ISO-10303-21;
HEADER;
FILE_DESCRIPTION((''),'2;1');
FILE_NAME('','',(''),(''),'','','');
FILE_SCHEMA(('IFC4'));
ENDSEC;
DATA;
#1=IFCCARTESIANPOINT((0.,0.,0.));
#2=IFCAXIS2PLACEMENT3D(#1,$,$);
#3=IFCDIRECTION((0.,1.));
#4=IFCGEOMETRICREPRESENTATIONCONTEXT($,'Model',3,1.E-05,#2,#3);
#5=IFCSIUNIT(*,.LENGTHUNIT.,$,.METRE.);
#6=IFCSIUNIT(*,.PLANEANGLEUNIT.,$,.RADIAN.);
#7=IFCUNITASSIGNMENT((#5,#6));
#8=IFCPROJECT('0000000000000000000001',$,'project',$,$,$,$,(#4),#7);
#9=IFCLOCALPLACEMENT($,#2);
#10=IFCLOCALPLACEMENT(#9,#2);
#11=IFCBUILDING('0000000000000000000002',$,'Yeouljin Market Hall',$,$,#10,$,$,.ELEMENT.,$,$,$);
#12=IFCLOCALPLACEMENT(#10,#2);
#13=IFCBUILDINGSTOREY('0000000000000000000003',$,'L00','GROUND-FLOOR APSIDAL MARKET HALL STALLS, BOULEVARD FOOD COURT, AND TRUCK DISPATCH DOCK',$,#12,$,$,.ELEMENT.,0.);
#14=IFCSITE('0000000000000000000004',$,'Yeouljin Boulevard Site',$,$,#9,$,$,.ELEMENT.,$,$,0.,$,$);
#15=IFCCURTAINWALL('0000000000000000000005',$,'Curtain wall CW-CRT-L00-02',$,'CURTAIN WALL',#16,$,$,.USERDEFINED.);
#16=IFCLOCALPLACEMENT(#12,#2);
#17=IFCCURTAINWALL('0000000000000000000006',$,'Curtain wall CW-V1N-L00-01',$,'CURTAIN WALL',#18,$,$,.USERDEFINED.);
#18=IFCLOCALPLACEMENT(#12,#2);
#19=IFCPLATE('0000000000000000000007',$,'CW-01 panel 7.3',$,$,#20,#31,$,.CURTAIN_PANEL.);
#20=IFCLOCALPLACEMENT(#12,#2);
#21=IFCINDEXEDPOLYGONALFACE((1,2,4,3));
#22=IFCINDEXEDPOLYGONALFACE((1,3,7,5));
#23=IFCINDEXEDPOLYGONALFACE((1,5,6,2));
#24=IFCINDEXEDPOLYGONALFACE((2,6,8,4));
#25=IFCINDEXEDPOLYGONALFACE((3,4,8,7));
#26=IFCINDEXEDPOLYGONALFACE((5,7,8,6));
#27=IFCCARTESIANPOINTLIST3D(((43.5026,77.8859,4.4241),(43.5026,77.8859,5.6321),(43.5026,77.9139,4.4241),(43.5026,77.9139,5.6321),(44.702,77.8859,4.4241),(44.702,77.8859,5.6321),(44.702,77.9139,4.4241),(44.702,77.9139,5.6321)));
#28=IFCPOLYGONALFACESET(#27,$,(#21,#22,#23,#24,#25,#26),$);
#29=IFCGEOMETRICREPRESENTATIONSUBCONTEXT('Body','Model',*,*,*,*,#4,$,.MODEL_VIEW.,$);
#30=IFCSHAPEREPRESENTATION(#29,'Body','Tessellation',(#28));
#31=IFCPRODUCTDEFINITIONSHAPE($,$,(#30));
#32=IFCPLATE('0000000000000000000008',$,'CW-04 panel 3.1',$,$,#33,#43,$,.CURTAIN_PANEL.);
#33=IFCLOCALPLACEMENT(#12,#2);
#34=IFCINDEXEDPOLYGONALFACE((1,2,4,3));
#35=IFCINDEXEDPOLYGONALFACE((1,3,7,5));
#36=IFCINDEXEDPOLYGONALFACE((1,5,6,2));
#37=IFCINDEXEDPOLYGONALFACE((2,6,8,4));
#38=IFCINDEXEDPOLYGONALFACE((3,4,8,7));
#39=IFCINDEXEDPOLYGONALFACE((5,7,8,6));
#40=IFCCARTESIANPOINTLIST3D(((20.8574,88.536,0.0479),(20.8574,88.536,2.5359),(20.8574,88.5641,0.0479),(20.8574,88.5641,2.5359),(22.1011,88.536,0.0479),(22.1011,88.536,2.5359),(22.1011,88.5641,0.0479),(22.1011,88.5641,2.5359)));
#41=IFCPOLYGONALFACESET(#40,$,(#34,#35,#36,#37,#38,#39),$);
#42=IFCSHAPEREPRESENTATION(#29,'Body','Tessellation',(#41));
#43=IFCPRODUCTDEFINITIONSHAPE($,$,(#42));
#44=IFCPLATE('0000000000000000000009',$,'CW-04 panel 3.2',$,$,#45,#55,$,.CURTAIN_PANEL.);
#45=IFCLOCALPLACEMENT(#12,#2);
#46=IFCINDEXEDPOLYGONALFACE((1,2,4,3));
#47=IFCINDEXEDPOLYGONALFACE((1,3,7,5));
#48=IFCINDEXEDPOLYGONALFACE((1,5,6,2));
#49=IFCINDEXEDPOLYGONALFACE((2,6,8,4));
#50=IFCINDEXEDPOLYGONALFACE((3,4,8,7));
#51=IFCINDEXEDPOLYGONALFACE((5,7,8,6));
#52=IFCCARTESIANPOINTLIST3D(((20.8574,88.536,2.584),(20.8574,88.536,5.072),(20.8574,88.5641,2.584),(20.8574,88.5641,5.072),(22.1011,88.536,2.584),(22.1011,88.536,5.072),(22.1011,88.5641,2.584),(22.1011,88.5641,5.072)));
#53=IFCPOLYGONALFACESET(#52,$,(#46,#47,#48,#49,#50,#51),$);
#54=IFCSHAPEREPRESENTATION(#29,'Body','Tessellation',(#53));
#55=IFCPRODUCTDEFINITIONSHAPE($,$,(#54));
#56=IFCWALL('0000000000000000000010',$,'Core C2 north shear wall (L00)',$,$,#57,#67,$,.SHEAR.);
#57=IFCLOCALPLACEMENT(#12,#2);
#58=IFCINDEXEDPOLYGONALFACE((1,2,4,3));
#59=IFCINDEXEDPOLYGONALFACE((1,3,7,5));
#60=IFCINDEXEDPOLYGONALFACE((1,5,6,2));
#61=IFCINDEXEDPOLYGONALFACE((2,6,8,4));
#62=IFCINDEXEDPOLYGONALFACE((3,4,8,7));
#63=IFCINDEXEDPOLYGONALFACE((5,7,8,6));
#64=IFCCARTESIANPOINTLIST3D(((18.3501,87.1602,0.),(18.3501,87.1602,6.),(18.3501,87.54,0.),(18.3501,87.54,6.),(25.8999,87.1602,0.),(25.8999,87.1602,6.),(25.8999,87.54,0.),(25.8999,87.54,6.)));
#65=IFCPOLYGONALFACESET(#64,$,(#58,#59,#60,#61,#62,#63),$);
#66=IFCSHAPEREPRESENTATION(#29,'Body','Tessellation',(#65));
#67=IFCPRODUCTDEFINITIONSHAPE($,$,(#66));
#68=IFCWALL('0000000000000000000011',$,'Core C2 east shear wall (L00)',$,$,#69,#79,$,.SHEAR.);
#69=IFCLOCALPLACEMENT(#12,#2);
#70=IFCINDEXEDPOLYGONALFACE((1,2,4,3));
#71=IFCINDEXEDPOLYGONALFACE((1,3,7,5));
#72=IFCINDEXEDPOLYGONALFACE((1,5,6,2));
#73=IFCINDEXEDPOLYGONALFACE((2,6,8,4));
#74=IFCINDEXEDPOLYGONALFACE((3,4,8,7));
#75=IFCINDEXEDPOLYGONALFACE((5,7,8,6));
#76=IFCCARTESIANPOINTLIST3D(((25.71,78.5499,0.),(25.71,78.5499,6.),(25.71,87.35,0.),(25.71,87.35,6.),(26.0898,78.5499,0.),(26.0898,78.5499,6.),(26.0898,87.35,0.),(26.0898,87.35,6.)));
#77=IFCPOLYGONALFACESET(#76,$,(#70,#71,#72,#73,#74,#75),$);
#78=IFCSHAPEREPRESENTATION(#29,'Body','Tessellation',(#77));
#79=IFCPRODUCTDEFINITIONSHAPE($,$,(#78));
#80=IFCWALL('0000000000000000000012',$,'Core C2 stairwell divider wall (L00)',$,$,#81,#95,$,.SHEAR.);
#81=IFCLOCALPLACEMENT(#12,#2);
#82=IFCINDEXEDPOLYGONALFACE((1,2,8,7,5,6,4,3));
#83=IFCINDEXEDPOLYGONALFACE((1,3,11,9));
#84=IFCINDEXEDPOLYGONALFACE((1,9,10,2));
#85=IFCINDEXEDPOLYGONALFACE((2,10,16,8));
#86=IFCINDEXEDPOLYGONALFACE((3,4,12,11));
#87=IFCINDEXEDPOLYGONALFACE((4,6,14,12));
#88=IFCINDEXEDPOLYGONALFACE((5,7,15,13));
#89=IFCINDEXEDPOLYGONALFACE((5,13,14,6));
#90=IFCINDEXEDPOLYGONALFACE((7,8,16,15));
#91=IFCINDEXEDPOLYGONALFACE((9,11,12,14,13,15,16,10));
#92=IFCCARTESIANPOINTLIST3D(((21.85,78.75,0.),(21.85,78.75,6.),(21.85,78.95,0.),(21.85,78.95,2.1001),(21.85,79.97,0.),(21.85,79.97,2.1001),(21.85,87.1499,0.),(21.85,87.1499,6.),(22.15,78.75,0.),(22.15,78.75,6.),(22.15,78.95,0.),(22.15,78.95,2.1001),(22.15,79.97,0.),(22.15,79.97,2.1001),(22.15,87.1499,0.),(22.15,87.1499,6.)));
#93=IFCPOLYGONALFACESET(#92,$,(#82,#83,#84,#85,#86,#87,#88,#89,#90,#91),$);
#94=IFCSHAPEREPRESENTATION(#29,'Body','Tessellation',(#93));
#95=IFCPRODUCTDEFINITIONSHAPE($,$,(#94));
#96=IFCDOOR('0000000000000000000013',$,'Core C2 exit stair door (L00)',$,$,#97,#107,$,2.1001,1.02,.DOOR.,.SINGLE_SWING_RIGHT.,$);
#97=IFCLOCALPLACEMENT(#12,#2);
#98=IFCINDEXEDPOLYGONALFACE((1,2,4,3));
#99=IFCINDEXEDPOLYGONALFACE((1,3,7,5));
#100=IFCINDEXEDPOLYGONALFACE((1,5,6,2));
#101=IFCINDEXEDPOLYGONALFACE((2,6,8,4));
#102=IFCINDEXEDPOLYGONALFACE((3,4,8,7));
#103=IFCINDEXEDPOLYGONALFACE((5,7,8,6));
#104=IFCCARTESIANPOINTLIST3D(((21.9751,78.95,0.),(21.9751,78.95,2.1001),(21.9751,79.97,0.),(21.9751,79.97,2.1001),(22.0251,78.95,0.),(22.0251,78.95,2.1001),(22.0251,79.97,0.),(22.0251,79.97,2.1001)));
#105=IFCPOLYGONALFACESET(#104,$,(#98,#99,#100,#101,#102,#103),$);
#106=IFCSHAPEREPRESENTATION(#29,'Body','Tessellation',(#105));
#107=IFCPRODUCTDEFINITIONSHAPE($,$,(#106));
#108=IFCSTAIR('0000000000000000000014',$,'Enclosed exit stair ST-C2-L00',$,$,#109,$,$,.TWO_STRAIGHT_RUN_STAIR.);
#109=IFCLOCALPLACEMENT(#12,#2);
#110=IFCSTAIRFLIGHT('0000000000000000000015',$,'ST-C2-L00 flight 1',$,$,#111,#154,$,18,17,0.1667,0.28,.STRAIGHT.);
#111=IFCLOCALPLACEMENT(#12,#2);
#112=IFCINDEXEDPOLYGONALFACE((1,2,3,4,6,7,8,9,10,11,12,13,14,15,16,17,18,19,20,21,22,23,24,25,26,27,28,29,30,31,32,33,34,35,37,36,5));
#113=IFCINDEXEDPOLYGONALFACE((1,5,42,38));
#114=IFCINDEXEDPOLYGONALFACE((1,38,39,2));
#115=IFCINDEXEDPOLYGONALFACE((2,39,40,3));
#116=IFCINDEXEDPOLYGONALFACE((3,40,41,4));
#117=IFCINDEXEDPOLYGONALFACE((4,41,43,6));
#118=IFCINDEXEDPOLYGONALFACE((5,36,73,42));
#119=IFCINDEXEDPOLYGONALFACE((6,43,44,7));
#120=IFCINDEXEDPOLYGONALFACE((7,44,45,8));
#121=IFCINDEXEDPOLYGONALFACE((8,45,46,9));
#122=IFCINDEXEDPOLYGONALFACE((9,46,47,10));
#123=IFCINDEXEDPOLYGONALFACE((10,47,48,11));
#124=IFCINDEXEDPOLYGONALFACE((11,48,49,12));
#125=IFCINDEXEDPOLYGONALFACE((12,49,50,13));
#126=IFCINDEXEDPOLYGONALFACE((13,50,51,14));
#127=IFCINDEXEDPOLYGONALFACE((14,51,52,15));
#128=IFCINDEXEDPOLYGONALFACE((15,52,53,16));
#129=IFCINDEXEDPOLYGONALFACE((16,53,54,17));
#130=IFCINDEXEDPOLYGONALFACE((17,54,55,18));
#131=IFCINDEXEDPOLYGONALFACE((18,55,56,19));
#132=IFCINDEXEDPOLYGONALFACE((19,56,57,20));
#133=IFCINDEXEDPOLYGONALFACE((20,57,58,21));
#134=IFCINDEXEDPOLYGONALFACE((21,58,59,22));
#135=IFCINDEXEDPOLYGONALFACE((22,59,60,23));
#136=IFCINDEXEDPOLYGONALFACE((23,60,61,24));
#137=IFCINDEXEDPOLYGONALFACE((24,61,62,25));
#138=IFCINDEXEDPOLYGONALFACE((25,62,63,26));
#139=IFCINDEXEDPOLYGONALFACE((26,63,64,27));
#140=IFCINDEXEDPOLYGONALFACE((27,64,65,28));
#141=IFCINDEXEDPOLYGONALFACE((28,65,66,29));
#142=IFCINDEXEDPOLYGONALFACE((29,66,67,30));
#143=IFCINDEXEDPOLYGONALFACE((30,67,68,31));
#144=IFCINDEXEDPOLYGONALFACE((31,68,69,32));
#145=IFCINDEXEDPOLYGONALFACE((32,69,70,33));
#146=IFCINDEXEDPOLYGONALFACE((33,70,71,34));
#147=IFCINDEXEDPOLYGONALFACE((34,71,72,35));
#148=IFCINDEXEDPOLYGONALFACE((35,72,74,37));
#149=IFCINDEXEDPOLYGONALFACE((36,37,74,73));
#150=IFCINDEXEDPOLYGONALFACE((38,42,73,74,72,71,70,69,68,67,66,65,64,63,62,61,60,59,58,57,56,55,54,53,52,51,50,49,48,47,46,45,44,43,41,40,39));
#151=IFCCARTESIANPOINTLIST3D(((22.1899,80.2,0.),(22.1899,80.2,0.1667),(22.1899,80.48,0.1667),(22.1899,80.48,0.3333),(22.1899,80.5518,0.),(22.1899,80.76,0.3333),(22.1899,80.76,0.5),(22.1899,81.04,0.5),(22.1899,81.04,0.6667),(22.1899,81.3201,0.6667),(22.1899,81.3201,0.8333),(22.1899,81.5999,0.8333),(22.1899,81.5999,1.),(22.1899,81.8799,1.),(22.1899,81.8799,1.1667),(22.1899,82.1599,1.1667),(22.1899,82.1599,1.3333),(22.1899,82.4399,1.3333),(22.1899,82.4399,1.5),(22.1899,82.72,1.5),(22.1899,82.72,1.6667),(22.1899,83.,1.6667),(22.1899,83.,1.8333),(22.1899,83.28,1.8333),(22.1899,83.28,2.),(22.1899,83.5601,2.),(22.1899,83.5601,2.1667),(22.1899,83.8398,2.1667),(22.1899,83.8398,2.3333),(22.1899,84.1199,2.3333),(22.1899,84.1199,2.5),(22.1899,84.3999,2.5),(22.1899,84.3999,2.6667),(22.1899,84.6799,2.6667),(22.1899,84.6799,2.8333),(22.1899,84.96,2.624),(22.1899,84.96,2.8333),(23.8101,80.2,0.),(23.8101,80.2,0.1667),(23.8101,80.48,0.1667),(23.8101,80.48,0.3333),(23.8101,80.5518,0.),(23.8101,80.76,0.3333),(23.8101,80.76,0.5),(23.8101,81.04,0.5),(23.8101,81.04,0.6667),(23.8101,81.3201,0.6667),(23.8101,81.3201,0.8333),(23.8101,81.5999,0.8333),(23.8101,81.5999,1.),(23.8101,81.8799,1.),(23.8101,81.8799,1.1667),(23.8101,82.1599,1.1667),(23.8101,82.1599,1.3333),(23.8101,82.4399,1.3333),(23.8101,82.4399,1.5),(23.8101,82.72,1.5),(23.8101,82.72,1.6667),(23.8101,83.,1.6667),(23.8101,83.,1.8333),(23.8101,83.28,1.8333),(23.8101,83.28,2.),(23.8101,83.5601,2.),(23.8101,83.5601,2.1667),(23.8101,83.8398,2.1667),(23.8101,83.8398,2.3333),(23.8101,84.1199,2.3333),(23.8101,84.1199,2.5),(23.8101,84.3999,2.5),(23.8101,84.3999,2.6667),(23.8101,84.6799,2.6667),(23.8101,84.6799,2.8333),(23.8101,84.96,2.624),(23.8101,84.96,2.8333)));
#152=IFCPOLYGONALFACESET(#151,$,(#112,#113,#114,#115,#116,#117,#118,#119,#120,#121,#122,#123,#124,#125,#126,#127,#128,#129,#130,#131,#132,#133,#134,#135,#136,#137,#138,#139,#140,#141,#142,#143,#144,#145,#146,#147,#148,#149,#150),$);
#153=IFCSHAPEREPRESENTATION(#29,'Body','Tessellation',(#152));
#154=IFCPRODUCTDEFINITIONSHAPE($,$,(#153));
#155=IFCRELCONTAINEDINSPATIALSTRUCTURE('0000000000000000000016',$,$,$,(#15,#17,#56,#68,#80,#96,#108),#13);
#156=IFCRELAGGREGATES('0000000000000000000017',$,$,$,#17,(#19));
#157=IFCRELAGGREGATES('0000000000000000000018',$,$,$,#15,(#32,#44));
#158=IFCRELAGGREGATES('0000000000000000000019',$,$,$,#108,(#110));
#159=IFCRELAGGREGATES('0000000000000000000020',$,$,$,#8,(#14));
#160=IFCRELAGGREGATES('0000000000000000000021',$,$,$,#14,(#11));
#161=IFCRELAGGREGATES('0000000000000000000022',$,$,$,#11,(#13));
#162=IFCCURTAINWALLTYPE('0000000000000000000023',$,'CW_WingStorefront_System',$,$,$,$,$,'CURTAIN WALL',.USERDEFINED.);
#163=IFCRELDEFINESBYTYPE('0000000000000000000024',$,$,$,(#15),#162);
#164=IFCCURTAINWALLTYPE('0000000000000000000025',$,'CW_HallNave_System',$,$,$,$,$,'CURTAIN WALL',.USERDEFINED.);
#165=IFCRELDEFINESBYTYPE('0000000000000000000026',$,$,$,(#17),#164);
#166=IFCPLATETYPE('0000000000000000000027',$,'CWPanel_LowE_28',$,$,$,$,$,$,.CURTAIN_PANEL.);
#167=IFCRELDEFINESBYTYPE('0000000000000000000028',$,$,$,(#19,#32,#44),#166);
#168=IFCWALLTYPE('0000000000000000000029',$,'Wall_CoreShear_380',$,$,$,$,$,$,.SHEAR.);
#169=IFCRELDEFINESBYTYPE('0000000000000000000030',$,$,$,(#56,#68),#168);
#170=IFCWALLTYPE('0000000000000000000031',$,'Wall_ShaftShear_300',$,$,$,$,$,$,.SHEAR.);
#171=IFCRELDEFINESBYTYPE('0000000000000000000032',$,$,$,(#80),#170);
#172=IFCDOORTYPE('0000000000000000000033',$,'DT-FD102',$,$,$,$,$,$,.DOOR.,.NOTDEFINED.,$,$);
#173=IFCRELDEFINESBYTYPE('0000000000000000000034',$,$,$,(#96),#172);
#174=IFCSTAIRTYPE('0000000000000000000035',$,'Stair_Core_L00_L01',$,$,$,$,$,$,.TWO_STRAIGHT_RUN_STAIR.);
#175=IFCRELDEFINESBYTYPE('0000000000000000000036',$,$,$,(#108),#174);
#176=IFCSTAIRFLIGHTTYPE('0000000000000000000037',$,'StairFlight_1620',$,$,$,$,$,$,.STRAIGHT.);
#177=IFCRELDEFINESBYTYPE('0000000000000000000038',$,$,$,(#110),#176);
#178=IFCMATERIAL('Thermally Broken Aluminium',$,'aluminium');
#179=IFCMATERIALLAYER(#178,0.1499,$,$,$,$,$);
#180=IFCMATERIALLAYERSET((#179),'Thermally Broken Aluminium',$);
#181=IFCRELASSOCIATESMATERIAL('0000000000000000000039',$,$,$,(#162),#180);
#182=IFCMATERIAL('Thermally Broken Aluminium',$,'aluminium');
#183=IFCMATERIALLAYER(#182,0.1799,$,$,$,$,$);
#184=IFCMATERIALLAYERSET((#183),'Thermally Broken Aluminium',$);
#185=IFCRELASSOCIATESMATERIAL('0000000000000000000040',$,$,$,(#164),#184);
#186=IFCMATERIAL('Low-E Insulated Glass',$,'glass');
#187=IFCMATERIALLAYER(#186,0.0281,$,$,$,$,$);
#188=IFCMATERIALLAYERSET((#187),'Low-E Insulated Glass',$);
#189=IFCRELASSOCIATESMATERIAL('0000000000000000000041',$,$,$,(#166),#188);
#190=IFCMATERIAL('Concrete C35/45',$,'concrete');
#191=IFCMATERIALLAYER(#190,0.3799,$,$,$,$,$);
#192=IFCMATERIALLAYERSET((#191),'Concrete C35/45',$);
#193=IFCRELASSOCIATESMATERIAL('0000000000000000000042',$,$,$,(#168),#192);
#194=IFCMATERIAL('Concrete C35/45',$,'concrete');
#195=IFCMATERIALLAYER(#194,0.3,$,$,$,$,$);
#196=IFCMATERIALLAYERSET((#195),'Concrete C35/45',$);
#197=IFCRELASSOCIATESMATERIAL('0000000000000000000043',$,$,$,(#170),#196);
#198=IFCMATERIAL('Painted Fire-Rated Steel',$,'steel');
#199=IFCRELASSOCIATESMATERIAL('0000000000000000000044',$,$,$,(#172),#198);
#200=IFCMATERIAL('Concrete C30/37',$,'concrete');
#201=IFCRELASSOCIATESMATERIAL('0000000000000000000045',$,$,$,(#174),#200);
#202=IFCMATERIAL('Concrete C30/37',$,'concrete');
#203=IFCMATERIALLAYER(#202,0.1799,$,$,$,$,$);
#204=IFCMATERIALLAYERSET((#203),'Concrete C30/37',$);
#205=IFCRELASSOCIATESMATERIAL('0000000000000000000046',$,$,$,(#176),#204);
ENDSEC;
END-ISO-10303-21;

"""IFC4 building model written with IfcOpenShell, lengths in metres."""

from ifc_helpers import new_model, si_unit, direction, frame, frame_2d, origin, origin_2d, place, context, subcontext, project, spatial, polyline, rectangle, outline, extrude, material, layer, layer_set, type_object, element, fill, aggregate, save


model = new_model("IFC4")

# Units and contexts
model_context = context("Model", 3, precision=1e-05, world=origin(), true_north=direction((0.0, 1.0)))
body_context = subcontext(model_context, "Body", "Model", "MODEL_VIEW")
ifc_project = project(units=[si_unit("LENGTHUNIT", "METRE"), si_unit("PLANEANGLEUNIT", "RADIAN")], contexts=[model_context])

# Site, building, storey
site_placement = place(None, origin())
site = spatial("IfcSite", under=ifc_project, at=site_placement, Name="Yeouljin Boulevard Site", CompositionType="ELEMENT", RefElevation=0.0)
building_placement = place(site_placement, origin())
building = spatial("IfcBuilding", under=site, at=building_placement, Name="Yeouljin Market Hall", CompositionType="ELEMENT")
storey_placement = place(building_placement, origin())
storey = spatial("IfcBuildingStorey", under=building, at=storey_placement, Name="L00", Description="GROUND-FLOOR APSIDAL MARKET HALL STALLS, BOULEVARD FOOD COURT, AND TRUCK DISPATCH DOCK", CompositionType="ELEMENT", Elevation=0.0)

# Curtain walls
ifc_material_1 = material(Name="Thermally Broken Aluminium", Category="aluminium")
ifc_layer_1 = layer(ifc_material_1, 0.1499)
ifc_layer_set_1 = layer_set([ifc_layer_1], Name="Thermally Broken Aluminium")
curtain_wall_type_1 = type_object("IfcCurtainWallType", Name="CW_WingStorefront_System", ElementType="CURTAIN WALL", PredefinedType="USERDEFINED", material=ifc_layer_set_1)
curtain_wall_1_placement = place(storey_placement, origin())
curtain_wall_1 = element("IfcCurtainWall", 1, at=curtain_wall_1_placement, inside=storey, type_object=curtain_wall_type_1, Name="Curtain wall CW-CRT-L00-02", ObjectType="CURTAIN WALL", PredefinedType="USERDEFINED")
ifc_material_2 = material(Name="Thermally Broken Aluminium", Category="aluminium")
ifc_layer_2 = layer(ifc_material_2, 0.1799)
ifc_layer_set_2 = layer_set([ifc_layer_2], Name="Thermally Broken Aluminium")
curtain_wall_type_2 = type_object("IfcCurtainWallType", Name="CW_HallNave_System", ElementType="CURTAIN WALL", PredefinedType="USERDEFINED", material=ifc_layer_set_2)
curtain_wall_2_placement = place(storey_placement, origin())
curtain_wall_2 = element("IfcCurtainWall", 2, at=curtain_wall_2_placement, inside=storey, type_object=curtain_wall_type_2, Name="Curtain wall CW-V1N-L00-01", ObjectType="CURTAIN WALL", PredefinedType="USERDEFINED")

# Plates
ifc_material_3 = material(Name="Low-E Insulated Glass", Category="glass")
ifc_layer_3 = layer(ifc_material_3, 0.0281)
ifc_layer_set_3 = layer_set([ifc_layer_3], Name="Low-E Insulated Glass")
plate_type = type_object("IfcPlateType", Name="CWPanel_LowE_28", PredefinedType="CURTAIN_PANEL", material=ifc_layer_set_3)
plate_1_placement = place(storey_placement, frame((44.1023, 77.8999, 4.4241), z_axis=(0.0, 0.0, 1.0), x_axis=(1.0, 0.0, 0.0)))
plate_1 = element("IfcPlate", 3, at=plate_1_placement, type_object=plate_type, Name="CW-01 panel 7.3", PredefinedType="CURTAIN_PANEL", context=body_context, shape_type="SweptSolid", body=[
    extrude(rectangle(XDim=1.1995, YDim=0.0281, at=origin_2d()), origin(), (0.0, 0.0, 1.0), 1.208),
])
aggregate(curtain_wall_2, [plate_1])
plate_2_placement = place(storey_placement, frame((21.4792, 88.55, 0.0479), z_axis=(0.0, 0.0, 1.0), x_axis=(1.0, 0.0, 0.0)))
plate_2 = element("IfcPlate", 4, at=plate_2_placement, type_object=plate_type, Name="CW-04 panel 3.1", PredefinedType="CURTAIN_PANEL", context=body_context, shape_type="SweptSolid", body=[
    extrude(rectangle(XDim=1.2437, YDim=0.0281, at=origin_2d()), origin(), (0.0, 0.0, 1.0), 2.488),
])
plate_3_placement = place(storey_placement, frame((21.4792, 88.55, 2.584), z_axis=(0.0, 0.0, 1.0), x_axis=(1.0, 0.0, 0.0)))
plate_3 = element("IfcPlate", 5, at=plate_3_placement, type_object=plate_type, Name="CW-04 panel 3.2", PredefinedType="CURTAIN_PANEL", context=body_context, shape_type="SweptSolid", body=[
    extrude(rectangle(XDim=1.2437, YDim=0.0281, at=origin_2d()), origin(), (0.0, 0.0, 1.0), 2.488),
])
aggregate(curtain_wall_1, [plate_2, plate_3])

# Walls
ifc_material_4 = material(Name="Concrete C35/45", Category="concrete")
ifc_layer_4 = layer(ifc_material_4, 0.3799)
ifc_layer_set_4 = layer_set([ifc_layer_4], Name="Concrete C35/45")
wall_type_1 = type_object("IfcWallType", Name="Wall_CoreShear_380", PredefinedType="SHEAR", material=ifc_layer_set_4)
wall_1_placement = place(storey_placement, frame((25.8999, 87.3501, 0.0), z_axis=(0.0, 0.0, 1.0), x_axis=(-1.0, 0.0, 0.0)))
element("IfcWall", 6, at=wall_1_placement, inside=storey, type_object=wall_type_1, Name="Core C2 north shear wall (L00)", PredefinedType="SHEAR", context=body_context, shape_type="SweptSolid", body=[
    extrude(rectangle(XDim=7.5498, YDim=0.3799, at=frame_2d((3.7749, 0.0))), origin(), (0.0, 0.0, 1.0), 6.0),
])
wall_2_placement = place(storey_placement, frame((25.8999, 78.55, 0.0), z_axis=(0.0, 0.0, 1.0), x_axis=(0.0, 1.0, 0.0)))
element("IfcWall", 7, at=wall_2_placement, inside=storey, type_object=wall_type_1, Name="Core C2 east shear wall (L00)", PredefinedType="SHEAR", context=body_context, shape_type="SweptSolid", body=[
    extrude(rectangle(XDim=8.8, YDim=0.3799, at=frame_2d((4.3999, 0.0))), origin(), (0.0, 0.0, 1.0), 6.0),
])

# Wall, opening, door
ifc_material_5 = material(Name="Concrete C35/45", Category="concrete")
ifc_layer_5 = layer(ifc_material_5, 0.3)
ifc_layer_set_5 = layer_set([ifc_layer_5], Name="Concrete C35/45")
wall_type_2 = type_object("IfcWallType", Name="Wall_ShaftShear_300", PredefinedType="SHEAR", material=ifc_layer_set_5)
wall_3_placement = place(storey_placement, frame((22.0, 78.75, 0.0), z_axis=(0.0, 0.0, 1.0), x_axis=(0.0, 1.0, 0.0)))
wall_3 = element("IfcWall", 8, at=wall_3_placement, inside=storey, type_object=wall_type_2, Name="Core C2 stairwell divider wall (L00)", PredefinedType="SHEAR", context=body_context, shape_type="SweptSolid", body=[
    extrude(rectangle(XDim=8.3999, YDim=0.3, at=frame_2d((4.2, 0.0))), origin(), (0.0, 0.0, 1.0), 6.0),
])
opening_1_placement = place(wall_3_placement, frame((0.2, 0.0, 0.0)))
opening_1 = element("IfcOpeningElement", 9, at=opening_1_placement, cuts=wall_3, PredefinedType="OPENING", context=body_context, shape_type="SweptSolid", body=[
    extrude(rectangle(XDim=1.02, YDim=2.1001, at=frame_2d((0.51, 1.05))), frame((0.0, 0.1599, 0.0), z_axis=(0.0, -1.0, 0.0), x_axis=(1.0, 0.0, 0.0)), (0.0, 0.0, 1.0), 0.3201),
])
ifc_material_6 = material(Name="Painted Fire-Rated Steel", Category="steel")
door_type_1 = type_object("IfcDoorType", Name="DT-FD102", OperationType="NOTDEFINED", PredefinedType="DOOR", material=ifc_material_6)
door_1_placement = place(opening_1_placement, origin())
door_1 = element("IfcDoor", 10, at=door_1_placement, inside=storey, type_object=door_type_1, Name="Core C2 exit stair door (L00)", OperationType="SINGLE_SWING_RIGHT", OverallHeight=2.1001, OverallWidth=1.02, PredefinedType="DOOR", context=body_context, shape_type="SweptSolid", body=[
    extrude(rectangle(XDim=1.02, YDim=2.1001, at=frame_2d((0.51, 1.05))), frame((0.0, 0.0249, 0.0), z_axis=(0.0, -1.0, 0.0), x_axis=(1.0, 0.0, 0.0)), (0.0, 0.0, 1.0), 0.05),
])
fill(opening_1, door_1)

# Stair, stair flight
ifc_material_7 = material(Name="Concrete C30/37", Category="concrete")
stair_type = type_object("IfcStairType", Name="Stair_Core_L00_L01", PredefinedType="TWO_STRAIGHT_RUN_STAIR", material=ifc_material_7)
stair_placement = place(storey_placement, origin())
stair = element("IfcStair", 11, at=stair_placement, inside=storey, type_object=stair_type, Name="Enclosed exit stair ST-C2-L00", PredefinedType="TWO_STRAIGHT_RUN_STAIR")
ifc_material_8 = material(Name="Concrete C30/37", Category="concrete")
ifc_layer_6 = layer(ifc_material_8, 0.1799)
ifc_layer_set_6 = layer_set([ifc_layer_6], Name="Concrete C30/37")
stair_flight_type = type_object("IfcStairFlightType", Name="StairFlight_1620", PredefinedType="STRAIGHT", material=ifc_layer_set_6)
stair_flight_1_placement = place(storey_placement, frame((23.0, 80.2, 0.0), z_axis=(0.0, 0.0, 1.0), x_axis=(0.0, 1.0, 0.0)))
stair_flight_1 = element("IfcStairFlight", 12, at=stair_flight_1_placement, type_object=stair_flight_type, Name="ST-C2-L00 flight 1", NumberOfRisers=18, NumberOfTreads=17, PredefinedType="STRAIGHT", RiserHeight=0.1667, TreadLength=0.28, context=body_context, shape_type="SweptSolid", body=[
    extrude(outline(polyline([(0.0, 0.0), (0.0, 0.1667), (0.28, 0.1667), (0.28, 0.3333), (0.5601, 0.3333), (0.5601, 0.5), (0.8401, 0.5), (0.8401, 0.6667), (1.1201, 0.6667), (1.1201, 0.8333), (1.3999, 0.8333), (1.3999, 1.0), (1.6799, 1.0), (1.6799, 1.1667), (1.96, 1.1667), (1.96, 1.3333), (2.24, 1.3333), (2.24, 1.5), (2.52, 1.5), (2.52, 1.6667), (2.8, 1.6667), (2.8, 1.8333), (3.0801, 1.8333), (3.0801, 2.0), (3.3601, 2.0), (3.3601, 2.1667), (3.6399, 2.1667), (3.6399, 2.3333), (3.9199, 2.3333), (3.9199, 2.5), (4.2, 2.5), (4.2, 2.6667), (4.48, 2.6667), (4.48, 2.8333), (4.76, 2.8333), (4.76, 3.0), (4.76, 2.624), (0.3518, 0.0), (0.0, 0.0)])), frame((0.0, 0.8101, 0.0), z_axis=(0.0, -1.0, 0.0), x_axis=(1.0, 0.0, 0.0)), (0.0, 0.0, 1.0), 1.6201),
])
aggregate(stair, [stair_flight_1])

save(model, "model.ifc")
